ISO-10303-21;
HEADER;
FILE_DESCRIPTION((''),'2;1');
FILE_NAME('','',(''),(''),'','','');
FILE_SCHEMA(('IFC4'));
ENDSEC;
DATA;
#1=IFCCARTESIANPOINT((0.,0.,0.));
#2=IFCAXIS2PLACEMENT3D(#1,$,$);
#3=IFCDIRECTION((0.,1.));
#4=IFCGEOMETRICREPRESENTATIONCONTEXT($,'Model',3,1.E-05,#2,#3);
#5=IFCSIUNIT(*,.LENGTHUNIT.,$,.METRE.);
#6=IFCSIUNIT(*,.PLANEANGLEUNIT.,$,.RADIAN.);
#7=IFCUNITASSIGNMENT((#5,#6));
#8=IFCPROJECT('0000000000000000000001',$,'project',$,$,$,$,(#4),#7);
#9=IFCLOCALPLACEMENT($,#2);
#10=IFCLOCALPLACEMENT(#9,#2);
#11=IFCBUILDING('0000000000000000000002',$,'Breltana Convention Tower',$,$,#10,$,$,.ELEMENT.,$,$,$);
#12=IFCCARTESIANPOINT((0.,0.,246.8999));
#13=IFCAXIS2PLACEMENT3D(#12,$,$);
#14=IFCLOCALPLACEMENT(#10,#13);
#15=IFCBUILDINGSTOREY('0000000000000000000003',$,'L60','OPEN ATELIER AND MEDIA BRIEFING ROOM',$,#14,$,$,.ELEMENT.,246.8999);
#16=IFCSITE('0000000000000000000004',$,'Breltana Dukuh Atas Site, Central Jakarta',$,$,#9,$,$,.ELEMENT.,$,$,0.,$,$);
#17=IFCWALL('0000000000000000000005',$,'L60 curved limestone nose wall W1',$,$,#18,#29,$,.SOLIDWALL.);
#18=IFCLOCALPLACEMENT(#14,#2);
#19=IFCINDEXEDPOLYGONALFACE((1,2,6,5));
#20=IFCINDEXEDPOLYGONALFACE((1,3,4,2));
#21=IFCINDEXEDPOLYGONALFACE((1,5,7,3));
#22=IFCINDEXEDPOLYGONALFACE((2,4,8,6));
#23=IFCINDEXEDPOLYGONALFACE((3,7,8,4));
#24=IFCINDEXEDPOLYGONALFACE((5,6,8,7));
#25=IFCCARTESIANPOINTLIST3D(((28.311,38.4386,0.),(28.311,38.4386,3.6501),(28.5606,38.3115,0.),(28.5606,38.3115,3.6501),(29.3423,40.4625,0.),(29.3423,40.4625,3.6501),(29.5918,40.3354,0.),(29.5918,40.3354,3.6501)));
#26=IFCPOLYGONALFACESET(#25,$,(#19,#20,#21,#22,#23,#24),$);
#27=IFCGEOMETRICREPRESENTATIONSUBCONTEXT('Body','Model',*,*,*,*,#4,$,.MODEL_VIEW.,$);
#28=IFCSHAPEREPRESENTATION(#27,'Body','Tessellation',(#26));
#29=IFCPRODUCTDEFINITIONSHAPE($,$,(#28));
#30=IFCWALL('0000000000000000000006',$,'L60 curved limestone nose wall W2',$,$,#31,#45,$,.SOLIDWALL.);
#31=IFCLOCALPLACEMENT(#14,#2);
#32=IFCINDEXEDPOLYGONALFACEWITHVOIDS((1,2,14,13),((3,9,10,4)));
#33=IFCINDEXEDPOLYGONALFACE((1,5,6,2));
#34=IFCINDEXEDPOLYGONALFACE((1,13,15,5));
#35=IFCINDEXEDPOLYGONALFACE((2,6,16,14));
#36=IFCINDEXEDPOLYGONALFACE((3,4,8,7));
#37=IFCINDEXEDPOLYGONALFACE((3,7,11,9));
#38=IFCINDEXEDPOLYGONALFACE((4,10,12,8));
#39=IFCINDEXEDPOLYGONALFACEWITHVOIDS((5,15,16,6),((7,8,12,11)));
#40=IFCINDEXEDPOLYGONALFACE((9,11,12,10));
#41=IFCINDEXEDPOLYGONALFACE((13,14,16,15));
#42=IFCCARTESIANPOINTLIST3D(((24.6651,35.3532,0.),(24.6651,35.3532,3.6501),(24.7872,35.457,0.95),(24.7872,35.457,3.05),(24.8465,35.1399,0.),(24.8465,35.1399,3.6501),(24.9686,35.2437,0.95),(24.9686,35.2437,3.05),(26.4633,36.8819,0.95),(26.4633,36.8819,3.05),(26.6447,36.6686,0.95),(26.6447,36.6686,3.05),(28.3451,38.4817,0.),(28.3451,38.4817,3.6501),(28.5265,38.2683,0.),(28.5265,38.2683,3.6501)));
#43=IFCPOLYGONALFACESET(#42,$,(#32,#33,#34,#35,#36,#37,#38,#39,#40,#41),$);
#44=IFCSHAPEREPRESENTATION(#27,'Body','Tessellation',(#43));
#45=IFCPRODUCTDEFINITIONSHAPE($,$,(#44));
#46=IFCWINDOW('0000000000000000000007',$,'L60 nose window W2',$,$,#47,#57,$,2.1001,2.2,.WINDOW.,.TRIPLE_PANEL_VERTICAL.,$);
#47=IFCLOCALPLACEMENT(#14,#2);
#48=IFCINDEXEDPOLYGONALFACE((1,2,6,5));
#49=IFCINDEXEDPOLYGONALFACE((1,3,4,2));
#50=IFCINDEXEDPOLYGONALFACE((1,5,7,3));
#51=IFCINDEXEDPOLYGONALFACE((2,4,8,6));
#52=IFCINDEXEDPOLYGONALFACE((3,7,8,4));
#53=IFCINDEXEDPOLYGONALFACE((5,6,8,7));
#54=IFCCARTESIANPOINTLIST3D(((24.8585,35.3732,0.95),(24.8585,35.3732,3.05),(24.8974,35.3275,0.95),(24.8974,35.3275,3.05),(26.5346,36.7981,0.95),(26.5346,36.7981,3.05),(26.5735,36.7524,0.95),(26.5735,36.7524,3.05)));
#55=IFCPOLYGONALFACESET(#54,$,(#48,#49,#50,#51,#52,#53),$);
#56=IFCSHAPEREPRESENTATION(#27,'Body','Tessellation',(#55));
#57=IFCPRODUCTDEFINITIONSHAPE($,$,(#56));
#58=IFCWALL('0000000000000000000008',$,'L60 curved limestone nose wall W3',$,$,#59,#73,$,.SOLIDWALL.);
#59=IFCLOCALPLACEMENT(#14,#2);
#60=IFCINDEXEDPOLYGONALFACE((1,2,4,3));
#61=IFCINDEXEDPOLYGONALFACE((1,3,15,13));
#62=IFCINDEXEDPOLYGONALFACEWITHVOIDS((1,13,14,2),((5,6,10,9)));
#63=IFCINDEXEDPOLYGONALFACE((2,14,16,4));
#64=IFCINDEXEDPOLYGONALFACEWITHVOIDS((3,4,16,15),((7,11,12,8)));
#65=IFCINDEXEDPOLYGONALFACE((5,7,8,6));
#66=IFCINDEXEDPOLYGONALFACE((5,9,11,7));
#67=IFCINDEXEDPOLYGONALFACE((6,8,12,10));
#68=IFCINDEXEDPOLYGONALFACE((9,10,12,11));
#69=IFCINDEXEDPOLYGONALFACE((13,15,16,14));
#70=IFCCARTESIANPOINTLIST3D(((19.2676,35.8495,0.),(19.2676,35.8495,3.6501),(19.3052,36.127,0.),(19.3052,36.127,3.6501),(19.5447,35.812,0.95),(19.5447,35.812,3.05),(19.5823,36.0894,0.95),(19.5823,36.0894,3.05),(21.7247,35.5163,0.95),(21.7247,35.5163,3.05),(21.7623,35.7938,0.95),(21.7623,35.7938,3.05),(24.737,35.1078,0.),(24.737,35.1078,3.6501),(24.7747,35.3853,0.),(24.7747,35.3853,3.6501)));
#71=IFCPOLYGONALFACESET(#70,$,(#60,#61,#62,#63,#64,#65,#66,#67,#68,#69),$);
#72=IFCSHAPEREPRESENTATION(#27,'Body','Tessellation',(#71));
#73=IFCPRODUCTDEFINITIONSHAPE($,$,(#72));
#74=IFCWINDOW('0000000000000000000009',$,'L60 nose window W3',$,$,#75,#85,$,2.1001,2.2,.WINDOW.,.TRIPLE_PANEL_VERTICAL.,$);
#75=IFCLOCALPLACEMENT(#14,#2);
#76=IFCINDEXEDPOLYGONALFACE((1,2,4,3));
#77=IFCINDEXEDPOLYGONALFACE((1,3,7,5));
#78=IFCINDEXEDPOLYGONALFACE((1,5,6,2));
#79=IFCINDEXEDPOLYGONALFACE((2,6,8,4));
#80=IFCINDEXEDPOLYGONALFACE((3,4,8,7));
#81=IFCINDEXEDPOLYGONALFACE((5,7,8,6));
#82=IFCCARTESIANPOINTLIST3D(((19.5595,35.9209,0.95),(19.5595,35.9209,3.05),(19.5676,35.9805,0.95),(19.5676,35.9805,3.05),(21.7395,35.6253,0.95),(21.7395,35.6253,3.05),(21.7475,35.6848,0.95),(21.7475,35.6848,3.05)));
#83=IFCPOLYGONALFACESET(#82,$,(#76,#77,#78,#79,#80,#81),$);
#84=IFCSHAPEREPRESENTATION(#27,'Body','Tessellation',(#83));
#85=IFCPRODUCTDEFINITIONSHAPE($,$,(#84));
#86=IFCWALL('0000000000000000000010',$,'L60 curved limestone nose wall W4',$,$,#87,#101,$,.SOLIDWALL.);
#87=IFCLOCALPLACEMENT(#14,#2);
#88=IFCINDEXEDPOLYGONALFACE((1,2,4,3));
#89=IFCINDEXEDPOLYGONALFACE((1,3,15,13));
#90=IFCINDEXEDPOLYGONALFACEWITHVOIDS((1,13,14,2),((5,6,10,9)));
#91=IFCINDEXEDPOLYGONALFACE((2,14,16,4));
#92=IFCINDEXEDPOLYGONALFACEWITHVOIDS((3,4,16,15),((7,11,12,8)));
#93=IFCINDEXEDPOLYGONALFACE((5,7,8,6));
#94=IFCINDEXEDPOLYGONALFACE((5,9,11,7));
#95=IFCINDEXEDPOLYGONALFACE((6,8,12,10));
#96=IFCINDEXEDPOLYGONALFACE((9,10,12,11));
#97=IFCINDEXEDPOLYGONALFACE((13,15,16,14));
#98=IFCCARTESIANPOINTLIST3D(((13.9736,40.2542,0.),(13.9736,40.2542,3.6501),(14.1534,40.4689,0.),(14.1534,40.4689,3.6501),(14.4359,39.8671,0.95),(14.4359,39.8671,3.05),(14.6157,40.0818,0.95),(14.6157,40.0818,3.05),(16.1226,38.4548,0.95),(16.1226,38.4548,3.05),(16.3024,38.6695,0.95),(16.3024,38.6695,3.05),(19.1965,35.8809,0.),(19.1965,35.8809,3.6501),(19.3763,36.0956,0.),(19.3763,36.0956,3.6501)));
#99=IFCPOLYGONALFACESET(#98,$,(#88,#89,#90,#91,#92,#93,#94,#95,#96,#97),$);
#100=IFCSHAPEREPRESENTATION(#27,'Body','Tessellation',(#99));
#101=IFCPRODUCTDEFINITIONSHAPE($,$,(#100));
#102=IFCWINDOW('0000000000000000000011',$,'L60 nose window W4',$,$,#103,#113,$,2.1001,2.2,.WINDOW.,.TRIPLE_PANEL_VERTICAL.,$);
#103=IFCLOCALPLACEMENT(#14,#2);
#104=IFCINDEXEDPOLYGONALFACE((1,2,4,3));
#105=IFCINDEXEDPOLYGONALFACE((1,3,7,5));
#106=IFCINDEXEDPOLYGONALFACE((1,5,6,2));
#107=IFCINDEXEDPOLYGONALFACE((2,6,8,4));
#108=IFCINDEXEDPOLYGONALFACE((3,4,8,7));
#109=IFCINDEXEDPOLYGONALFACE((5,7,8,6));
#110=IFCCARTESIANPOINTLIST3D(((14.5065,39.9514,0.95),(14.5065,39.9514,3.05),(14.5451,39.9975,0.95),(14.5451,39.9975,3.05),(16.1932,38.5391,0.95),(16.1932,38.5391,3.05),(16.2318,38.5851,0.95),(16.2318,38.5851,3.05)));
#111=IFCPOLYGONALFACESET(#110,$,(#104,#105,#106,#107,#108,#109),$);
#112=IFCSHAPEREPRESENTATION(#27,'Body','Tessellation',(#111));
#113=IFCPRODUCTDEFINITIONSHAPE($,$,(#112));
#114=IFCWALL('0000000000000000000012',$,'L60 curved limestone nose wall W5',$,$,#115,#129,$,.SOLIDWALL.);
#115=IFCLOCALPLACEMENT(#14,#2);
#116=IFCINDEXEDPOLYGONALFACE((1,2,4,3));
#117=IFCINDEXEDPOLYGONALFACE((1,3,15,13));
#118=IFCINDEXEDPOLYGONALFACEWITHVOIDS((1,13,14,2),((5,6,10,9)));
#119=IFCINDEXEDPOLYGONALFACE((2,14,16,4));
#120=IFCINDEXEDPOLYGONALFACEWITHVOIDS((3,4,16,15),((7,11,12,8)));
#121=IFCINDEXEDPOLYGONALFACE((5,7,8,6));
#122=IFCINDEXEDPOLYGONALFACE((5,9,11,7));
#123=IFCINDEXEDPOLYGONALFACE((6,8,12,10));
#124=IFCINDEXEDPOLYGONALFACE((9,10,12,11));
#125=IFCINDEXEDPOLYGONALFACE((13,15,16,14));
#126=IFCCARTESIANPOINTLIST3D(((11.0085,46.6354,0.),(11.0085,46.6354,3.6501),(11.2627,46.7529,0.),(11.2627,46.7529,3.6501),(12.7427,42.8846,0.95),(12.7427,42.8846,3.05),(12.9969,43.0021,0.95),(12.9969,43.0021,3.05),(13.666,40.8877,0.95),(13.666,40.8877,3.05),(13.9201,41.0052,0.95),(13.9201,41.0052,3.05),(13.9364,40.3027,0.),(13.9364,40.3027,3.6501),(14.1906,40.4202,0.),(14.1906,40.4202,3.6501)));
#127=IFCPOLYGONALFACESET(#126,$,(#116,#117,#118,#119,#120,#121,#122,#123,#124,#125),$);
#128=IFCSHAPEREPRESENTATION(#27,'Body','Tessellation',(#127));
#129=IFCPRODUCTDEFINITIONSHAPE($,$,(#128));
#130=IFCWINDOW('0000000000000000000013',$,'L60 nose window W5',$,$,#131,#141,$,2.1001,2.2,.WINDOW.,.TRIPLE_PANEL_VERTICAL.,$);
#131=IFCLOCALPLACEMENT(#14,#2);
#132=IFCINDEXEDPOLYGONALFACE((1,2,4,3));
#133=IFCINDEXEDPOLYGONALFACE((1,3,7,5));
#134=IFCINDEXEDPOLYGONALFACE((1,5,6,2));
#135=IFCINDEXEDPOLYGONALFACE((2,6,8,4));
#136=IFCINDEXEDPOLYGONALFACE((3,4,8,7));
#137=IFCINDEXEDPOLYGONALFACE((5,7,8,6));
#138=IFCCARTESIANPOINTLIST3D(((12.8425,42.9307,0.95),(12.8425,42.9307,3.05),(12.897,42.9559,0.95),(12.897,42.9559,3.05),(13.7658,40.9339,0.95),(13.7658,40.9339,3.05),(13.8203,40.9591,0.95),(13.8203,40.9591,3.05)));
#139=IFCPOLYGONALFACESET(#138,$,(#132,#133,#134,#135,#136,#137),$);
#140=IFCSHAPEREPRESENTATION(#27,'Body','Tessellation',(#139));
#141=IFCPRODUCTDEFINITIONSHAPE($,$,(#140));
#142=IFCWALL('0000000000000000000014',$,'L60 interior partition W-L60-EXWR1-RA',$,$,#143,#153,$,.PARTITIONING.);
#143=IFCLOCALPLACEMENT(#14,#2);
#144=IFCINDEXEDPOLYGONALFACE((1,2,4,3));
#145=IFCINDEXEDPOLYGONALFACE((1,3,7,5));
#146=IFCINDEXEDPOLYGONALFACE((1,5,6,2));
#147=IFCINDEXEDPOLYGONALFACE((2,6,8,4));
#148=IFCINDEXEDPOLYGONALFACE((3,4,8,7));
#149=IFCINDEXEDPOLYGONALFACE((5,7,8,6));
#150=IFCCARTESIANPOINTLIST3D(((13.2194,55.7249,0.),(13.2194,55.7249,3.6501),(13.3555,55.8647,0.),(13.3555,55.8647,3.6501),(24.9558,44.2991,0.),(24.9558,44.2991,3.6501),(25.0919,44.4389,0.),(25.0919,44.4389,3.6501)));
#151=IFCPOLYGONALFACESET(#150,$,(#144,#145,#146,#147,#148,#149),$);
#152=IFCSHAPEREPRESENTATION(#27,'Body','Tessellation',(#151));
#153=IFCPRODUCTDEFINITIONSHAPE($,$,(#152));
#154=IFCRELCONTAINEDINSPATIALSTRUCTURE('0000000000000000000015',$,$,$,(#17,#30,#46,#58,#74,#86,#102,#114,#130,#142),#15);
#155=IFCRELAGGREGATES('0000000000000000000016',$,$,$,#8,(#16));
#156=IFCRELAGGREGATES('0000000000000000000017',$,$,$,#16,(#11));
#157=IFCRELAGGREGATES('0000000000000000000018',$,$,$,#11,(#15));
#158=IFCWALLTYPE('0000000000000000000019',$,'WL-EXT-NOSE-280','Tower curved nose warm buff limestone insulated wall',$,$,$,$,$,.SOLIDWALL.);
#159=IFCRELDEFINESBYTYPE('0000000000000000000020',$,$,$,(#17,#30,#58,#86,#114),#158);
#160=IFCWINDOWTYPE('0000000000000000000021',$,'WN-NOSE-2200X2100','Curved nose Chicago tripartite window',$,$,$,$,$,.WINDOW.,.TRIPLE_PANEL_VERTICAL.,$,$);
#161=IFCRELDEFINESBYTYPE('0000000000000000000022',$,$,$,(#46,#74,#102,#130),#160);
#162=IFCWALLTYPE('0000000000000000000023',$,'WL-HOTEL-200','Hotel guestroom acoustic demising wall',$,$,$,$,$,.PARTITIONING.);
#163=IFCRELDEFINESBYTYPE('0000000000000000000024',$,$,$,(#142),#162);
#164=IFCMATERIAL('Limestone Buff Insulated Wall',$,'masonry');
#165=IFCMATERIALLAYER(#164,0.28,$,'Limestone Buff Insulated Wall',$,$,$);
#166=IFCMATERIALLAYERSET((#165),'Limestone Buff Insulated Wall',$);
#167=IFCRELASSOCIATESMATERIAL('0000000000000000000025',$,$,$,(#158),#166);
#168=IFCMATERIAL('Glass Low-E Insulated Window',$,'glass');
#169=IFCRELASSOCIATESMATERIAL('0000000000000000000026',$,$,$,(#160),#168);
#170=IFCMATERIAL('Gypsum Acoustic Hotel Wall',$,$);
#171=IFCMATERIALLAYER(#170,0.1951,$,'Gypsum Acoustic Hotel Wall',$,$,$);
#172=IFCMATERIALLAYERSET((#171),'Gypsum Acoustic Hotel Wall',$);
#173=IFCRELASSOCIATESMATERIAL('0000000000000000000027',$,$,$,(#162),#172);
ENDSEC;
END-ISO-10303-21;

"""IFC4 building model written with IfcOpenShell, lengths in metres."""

from ifc_helpers import new_model, si_unit, direction, frame, frame_2d, origin, place, context, subcontext, project, spatial, rectangle, extrude, source, transform, mapped, material, layer, layer_set, type_object, type_shapes, element, fill, save


model = new_model("IFC4")

# Units and contexts
model_context = context("Model", 3, precision=1e-05, world=origin(), true_north=direction((0.0, 1.0)))
body_context = subcontext(model_context, "Body", "Model", "MODEL_VIEW")
ifc_project = project(units=[si_unit("LENGTHUNIT", "METRE"), si_unit("PLANEANGLEUNIT", "RADIAN")], contexts=[model_context])

# Site, building, storey
site_placement = place(None, origin())
site = spatial("IfcSite", under=ifc_project, at=site_placement, Name="Breltana Dukuh Atas Site, Central Jakarta", CompositionType="ELEMENT", RefElevation=0.0)
building_placement = place(site_placement, origin())
building = spatial("IfcBuilding", under=site, at=building_placement, Name="Breltana Convention Tower", CompositionType="ELEMENT")
storey_placement = place(building_placement, frame((0.0, 0.0, 246.8999)))
storey = spatial("IfcBuildingStorey", under=building, at=storey_placement, Name="L60", Description="OPEN ATELIER AND MEDIA BRIEFING ROOM", CompositionType="ELEMENT", Elevation=246.8999)

# Wall
ifc_material_1 = material(Name="Limestone Buff Insulated Wall", Category="masonry")
ifc_layer_1 = layer(ifc_material_1, 0.28, Name="Limestone Buff Insulated Wall")
ifc_layer_set_1 = layer_set([ifc_layer_1], Name="Limestone Buff Insulated Wall")
wall_type_1 = type_object("IfcWallType", Name="WL-EXT-NOSE-280", Description="Tower curved nose warm buff limestone insulated wall", PredefinedType="SOLIDWALL", material=ifc_layer_set_1)
shared_shape_1 = source(origin(), body_context, "Body", "SweptSolid", [
    extrude(rectangle(XDim=2.2715, YDim=0.28, at=frame_2d((1.1357, 0.0))), origin(), (0.0, 0.0, 1.0), 3.6501),
])
wall_1_placement = place(storey_placement, frame((29.467, 40.3989, 0.0), z_axis=(0.0, 0.0, 1.0), x_axis=(-0.453993, -0.891005, 0.0)))
element("IfcWall", 1, at=wall_1_placement, inside=storey, type_object=wall_type_1, Name="L60 curved limestone nose wall W1", PredefinedType="SOLIDWALL", context=body_context, shape_type="MappedRepresentation", body=[
    mapped(shared_shape_1, transform((0.0, 0.0, 0.0), scale=1.0)),
])

# Walls, openings, windows
shared_shape_2 = source(origin(), body_context, "Body", "SweptSolid", [
    extrude(rectangle(XDim=4.8301, YDim=0.28, at=frame_2d((2.415, 0.0))), origin(), (0.0, 0.0, 1.0), 3.6501),
])
wall_2_placement = place(storey_placement, frame((28.4358, 38.375, 0.0), z_axis=(0.0, 0.0, 1.0), x_axis=(-0.761891, -0.647706, 0.0)))
wall_2 = element("IfcWall", 2, at=wall_2_placement, inside=storey, type_object=wall_type_1, Name="L60 curved limestone nose wall W2", PredefinedType="SOLIDWALL", context=body_context, shape_type="MappedRepresentation", body=[
    mapped(shared_shape_2, transform((0.0, 0.0, 0.0), scale=1.0)),
])
opening_1_placement = place(wall_2_placement, frame((2.4697, 0.0, 0.95)))
opening_1 = element("IfcOpeningElement", 3, at=opening_1_placement, cuts=wall_2, PredefinedType="OPENING", context=body_context, shape_type="SweptSolid", body=[
    extrude(rectangle(XDim=2.2, YDim=2.1001, at=frame_2d((1.1001, 1.05))), frame((0.0, 0.1499, 0.0), z_axis=(0.0, -1.0, 0.0), x_axis=(1.0, 0.0, 0.0)), (0.0, 0.0, 1.0), 0.3),
])
ifc_material_2 = material(Name="Glass Low-E Insulated Window", Category="glass")
window_type = type_object("IfcWindowType", Name="WN-NOSE-2200X2100", Description="Curved nose Chicago tripartite window", PartitioningType="TRIPLE_PANEL_VERTICAL", PredefinedType="WINDOW", material=ifc_material_2)
shared_shape_3 = source(origin(), body_context, "Body", "SweptSolid", [
    extrude(rectangle(XDim=2.2, YDim=2.1001, at=frame_2d((1.1001, 1.05))), frame((0.0, 0.03, 0.0), z_axis=(0.0, -1.0, 0.0), x_axis=(1.0, 0.0, 0.0)), (0.0, 0.0, 1.0), 0.0601),
])
type_shapes(window_type, [shared_shape_3])
window_1_placement = place(opening_1_placement, origin())
window_1 = element("IfcWindow", 4, at=window_1_placement, inside=storey, type_object=window_type, Name="L60 nose window W2", OverallHeight=2.1001, OverallWidth=2.2, PartitioningType="TRIPLE_PANEL_VERTICAL", PredefinedType="WINDOW", context=body_context, shape_type="MappedRepresentation", body=[
    mapped(shared_shape_3, transform((0.0, 0.0, 0.0), scale=1.0)),
])
fill(opening_1, window_1)
shared_shape_4 = source(origin(), body_context, "Body", "SweptSolid", [
    extrude(rectangle(XDim=5.5195, YDim=0.28, at=frame_2d((2.7598, 0.0))), origin(), (0.0, 0.0, 1.0), 3.6501),
])
wall_3_placement = place(storey_placement, frame((24.7559, 35.2466, 0.0), z_axis=(0.0, 0.0, 1.0), x_axis=(-0.99093, 0.134377, 0.0)))
wall_3 = element("IfcWall", 5, at=wall_3_placement, inside=storey, type_object=wall_type_1, Name="L60 curved limestone nose wall W3", PredefinedType="SOLIDWALL", context=body_context, shape_type="MappedRepresentation", body=[
    mapped(shared_shape_4, transform((0.0, 0.0, 0.0), scale=1.0)),
])
opening_2_placement = place(wall_3_placement, frame((3.0398, 0.0, 0.95)))
opening_2 = element("IfcOpeningElement", 6, at=opening_2_placement, cuts=wall_3, PredefinedType="OPENING", context=body_context, shape_type="SweptSolid", body=[
    extrude(rectangle(XDim=2.2, YDim=2.1001, at=frame_2d((1.1001, 1.05))), frame((0.0, 0.1499, 0.0), z_axis=(0.0, -1.0, 0.0), x_axis=(1.0, 0.0, 0.0)), (0.0, 0.0, 1.0), 0.3),
])
window_2_placement = place(opening_2_placement, origin())
window_2 = element("IfcWindow", 7, at=window_2_placement, inside=storey, type_object=window_type, Name="L60 nose window W3", OverallHeight=2.1001, OverallWidth=2.2, PartitioningType="TRIPLE_PANEL_VERTICAL", PredefinedType="WINDOW", context=body_context, shape_type="MappedRepresentation", body=[
    mapped(shared_shape_3, transform((0.0, 0.0, 0.0), scale=1.0)),
])
fill(opening_2, window_2)
shared_shape_5 = source(origin(), body_context, "Body", "SweptSolid", [
    extrude(rectangle(XDim=6.812, YDim=0.28, at=frame_2d((3.406, 0.0))), origin(), (0.0, 0.0, 1.0), 3.6501),
])
wall_4_placement = place(storey_placement, frame((19.2864, 35.9883, 0.0), z_axis=(0.0, 0.0, 1.0), x_axis=(-0.766712, 0.641991, 0.0)))
wall_4 = element("IfcWall", 8, at=wall_4_placement, inside=storey, type_object=wall_type_1, Name="L60 curved limestone nose wall W4", PredefinedType="SOLIDWALL", context=body_context, shape_type="MappedRepresentation", body=[
    mapped(shared_shape_5, transform((0.0, 0.0, 0.0), scale=1.0)),
])
opening_3_placement = place(wall_4_placement, frame((4.009, 0.0, 0.95)))
opening_3 = element("IfcOpeningElement", 9, at=opening_3_placement, cuts=wall_4, PredefinedType="OPENING", context=body_context, shape_type="SweptSolid", body=[
    extrude(rectangle(XDim=2.2, YDim=2.1001, at=frame_2d((1.1001, 1.05))), frame((0.0, 0.1499, 0.0), z_axis=(0.0, -1.0, 0.0), x_axis=(1.0, 0.0, 0.0)), (0.0, 0.0, 1.0), 0.3),
])
window_3_placement = place(opening_3_placement, origin())
window_3 = element("IfcWindow", 10, at=window_3_placement, inside=storey, type_object=window_type, Name="L60 nose window W4", OverallHeight=2.1001, OverallWidth=2.2, PartitioningType="TRIPLE_PANEL_VERTICAL", PredefinedType="WINDOW", context=body_context, shape_type="MappedRepresentation", body=[
    mapped(shared_shape_3, transform((0.0, 0.0, 0.0), scale=1.0)),
])
fill(opening_3, window_3)
shared_shape_6 = source(origin(), body_context, "Body", "SweptSolid", [
    extrude(rectangle(XDim=6.9768, YDim=0.28, at=frame_2d((3.4883, 0.0))), origin(), (0.0, 0.0, 1.0), 3.6501),
])
wall_5_placement = place(storey_placement, frame((14.0635, 40.3616, 0.0), z_axis=(0.0, 0.0, 1.0), x_axis=(-0.419668, 0.907678, 0.0)))
wall_5 = element("IfcWall", 11, at=wall_5_placement, inside=storey, type_object=wall_type_1, Name="L60 curved limestone nose wall W5", PredefinedType="SOLIDWALL", context=body_context, shape_type="MappedRepresentation", body=[
    mapped(shared_shape_6, transform((0.0, 0.0, 0.0), scale=1.0)),
])
opening_4_placement = place(wall_5_placement, frame((0.6443, 0.0, 0.95)))
opening_4 = element("IfcOpeningElement", 12, at=opening_4_placement, cuts=wall_5, PredefinedType="OPENING", context=body_context, shape_type="SweptSolid", body=[
    extrude(rectangle(XDim=2.2, YDim=2.1001, at=frame_2d((1.1001, 1.05))), frame((0.0, 0.1499, 0.0), z_axis=(0.0, -1.0, 0.0), x_axis=(1.0, 0.0, 0.0)), (0.0, 0.0, 1.0), 0.3),
])
window_4_placement = place(opening_4_placement, origin())
window_4 = element("IfcWindow", 13, at=window_4_placement, inside=storey, type_object=window_type, Name="L60 nose window W5", OverallHeight=2.1001, OverallWidth=2.2, PartitioningType="TRIPLE_PANEL_VERTICAL", PredefinedType="WINDOW", context=body_context, shape_type="MappedRepresentation", body=[
    mapped(shared_shape_3, transform((0.0, 0.0, 0.0), scale=1.0)),
])
fill(opening_4, window_4)

# Shared definitions
ifc_material_3 = material(Name="Gypsum Acoustic Hotel Wall")
ifc_layer_2 = layer(ifc_material_3, 0.1951, Name="Gypsum Acoustic Hotel Wall")
ifc_layer_set_2 = layer_set([ifc_layer_2], Name="Gypsum Acoustic Hotel Wall")
wall_type_2 = type_object("IfcWallType", Name="WL-HOTEL-200", Description="Hotel guestroom acoustic demising wall", PredefinedType="PARTITIONING", material=ifc_layer_set_2)

# Wall
shared_shape_7 = source(origin(), body_context, "Body", "SweptSolid", [
    extrude(rectangle(XDim=16.3796, YDim=0.1951, at=frame_2d((8.1899, 0.0))), origin(), (0.0, 0.0, 1.0), 3.6501),
])
wall_6_placement = place(storey_placement, frame((25.0239, 44.3689, 0.0), z_axis=(0.0, 0.0, 1.0), x_axis=(-0.716523, 0.697564, 0.0)))
element("IfcWall", 14, at=wall_6_placement, inside=storey, type_object=wall_type_2, Name="L60 interior partition W-L60-EXWR1-RA", PredefinedType="PARTITIONING", context=body_context, shape_type="MappedRepresentation", body=[
    mapped(shared_shape_7, transform((0.0, 0.0, 0.0), scale=1.0)),
])

save(model, "model.ifc")
